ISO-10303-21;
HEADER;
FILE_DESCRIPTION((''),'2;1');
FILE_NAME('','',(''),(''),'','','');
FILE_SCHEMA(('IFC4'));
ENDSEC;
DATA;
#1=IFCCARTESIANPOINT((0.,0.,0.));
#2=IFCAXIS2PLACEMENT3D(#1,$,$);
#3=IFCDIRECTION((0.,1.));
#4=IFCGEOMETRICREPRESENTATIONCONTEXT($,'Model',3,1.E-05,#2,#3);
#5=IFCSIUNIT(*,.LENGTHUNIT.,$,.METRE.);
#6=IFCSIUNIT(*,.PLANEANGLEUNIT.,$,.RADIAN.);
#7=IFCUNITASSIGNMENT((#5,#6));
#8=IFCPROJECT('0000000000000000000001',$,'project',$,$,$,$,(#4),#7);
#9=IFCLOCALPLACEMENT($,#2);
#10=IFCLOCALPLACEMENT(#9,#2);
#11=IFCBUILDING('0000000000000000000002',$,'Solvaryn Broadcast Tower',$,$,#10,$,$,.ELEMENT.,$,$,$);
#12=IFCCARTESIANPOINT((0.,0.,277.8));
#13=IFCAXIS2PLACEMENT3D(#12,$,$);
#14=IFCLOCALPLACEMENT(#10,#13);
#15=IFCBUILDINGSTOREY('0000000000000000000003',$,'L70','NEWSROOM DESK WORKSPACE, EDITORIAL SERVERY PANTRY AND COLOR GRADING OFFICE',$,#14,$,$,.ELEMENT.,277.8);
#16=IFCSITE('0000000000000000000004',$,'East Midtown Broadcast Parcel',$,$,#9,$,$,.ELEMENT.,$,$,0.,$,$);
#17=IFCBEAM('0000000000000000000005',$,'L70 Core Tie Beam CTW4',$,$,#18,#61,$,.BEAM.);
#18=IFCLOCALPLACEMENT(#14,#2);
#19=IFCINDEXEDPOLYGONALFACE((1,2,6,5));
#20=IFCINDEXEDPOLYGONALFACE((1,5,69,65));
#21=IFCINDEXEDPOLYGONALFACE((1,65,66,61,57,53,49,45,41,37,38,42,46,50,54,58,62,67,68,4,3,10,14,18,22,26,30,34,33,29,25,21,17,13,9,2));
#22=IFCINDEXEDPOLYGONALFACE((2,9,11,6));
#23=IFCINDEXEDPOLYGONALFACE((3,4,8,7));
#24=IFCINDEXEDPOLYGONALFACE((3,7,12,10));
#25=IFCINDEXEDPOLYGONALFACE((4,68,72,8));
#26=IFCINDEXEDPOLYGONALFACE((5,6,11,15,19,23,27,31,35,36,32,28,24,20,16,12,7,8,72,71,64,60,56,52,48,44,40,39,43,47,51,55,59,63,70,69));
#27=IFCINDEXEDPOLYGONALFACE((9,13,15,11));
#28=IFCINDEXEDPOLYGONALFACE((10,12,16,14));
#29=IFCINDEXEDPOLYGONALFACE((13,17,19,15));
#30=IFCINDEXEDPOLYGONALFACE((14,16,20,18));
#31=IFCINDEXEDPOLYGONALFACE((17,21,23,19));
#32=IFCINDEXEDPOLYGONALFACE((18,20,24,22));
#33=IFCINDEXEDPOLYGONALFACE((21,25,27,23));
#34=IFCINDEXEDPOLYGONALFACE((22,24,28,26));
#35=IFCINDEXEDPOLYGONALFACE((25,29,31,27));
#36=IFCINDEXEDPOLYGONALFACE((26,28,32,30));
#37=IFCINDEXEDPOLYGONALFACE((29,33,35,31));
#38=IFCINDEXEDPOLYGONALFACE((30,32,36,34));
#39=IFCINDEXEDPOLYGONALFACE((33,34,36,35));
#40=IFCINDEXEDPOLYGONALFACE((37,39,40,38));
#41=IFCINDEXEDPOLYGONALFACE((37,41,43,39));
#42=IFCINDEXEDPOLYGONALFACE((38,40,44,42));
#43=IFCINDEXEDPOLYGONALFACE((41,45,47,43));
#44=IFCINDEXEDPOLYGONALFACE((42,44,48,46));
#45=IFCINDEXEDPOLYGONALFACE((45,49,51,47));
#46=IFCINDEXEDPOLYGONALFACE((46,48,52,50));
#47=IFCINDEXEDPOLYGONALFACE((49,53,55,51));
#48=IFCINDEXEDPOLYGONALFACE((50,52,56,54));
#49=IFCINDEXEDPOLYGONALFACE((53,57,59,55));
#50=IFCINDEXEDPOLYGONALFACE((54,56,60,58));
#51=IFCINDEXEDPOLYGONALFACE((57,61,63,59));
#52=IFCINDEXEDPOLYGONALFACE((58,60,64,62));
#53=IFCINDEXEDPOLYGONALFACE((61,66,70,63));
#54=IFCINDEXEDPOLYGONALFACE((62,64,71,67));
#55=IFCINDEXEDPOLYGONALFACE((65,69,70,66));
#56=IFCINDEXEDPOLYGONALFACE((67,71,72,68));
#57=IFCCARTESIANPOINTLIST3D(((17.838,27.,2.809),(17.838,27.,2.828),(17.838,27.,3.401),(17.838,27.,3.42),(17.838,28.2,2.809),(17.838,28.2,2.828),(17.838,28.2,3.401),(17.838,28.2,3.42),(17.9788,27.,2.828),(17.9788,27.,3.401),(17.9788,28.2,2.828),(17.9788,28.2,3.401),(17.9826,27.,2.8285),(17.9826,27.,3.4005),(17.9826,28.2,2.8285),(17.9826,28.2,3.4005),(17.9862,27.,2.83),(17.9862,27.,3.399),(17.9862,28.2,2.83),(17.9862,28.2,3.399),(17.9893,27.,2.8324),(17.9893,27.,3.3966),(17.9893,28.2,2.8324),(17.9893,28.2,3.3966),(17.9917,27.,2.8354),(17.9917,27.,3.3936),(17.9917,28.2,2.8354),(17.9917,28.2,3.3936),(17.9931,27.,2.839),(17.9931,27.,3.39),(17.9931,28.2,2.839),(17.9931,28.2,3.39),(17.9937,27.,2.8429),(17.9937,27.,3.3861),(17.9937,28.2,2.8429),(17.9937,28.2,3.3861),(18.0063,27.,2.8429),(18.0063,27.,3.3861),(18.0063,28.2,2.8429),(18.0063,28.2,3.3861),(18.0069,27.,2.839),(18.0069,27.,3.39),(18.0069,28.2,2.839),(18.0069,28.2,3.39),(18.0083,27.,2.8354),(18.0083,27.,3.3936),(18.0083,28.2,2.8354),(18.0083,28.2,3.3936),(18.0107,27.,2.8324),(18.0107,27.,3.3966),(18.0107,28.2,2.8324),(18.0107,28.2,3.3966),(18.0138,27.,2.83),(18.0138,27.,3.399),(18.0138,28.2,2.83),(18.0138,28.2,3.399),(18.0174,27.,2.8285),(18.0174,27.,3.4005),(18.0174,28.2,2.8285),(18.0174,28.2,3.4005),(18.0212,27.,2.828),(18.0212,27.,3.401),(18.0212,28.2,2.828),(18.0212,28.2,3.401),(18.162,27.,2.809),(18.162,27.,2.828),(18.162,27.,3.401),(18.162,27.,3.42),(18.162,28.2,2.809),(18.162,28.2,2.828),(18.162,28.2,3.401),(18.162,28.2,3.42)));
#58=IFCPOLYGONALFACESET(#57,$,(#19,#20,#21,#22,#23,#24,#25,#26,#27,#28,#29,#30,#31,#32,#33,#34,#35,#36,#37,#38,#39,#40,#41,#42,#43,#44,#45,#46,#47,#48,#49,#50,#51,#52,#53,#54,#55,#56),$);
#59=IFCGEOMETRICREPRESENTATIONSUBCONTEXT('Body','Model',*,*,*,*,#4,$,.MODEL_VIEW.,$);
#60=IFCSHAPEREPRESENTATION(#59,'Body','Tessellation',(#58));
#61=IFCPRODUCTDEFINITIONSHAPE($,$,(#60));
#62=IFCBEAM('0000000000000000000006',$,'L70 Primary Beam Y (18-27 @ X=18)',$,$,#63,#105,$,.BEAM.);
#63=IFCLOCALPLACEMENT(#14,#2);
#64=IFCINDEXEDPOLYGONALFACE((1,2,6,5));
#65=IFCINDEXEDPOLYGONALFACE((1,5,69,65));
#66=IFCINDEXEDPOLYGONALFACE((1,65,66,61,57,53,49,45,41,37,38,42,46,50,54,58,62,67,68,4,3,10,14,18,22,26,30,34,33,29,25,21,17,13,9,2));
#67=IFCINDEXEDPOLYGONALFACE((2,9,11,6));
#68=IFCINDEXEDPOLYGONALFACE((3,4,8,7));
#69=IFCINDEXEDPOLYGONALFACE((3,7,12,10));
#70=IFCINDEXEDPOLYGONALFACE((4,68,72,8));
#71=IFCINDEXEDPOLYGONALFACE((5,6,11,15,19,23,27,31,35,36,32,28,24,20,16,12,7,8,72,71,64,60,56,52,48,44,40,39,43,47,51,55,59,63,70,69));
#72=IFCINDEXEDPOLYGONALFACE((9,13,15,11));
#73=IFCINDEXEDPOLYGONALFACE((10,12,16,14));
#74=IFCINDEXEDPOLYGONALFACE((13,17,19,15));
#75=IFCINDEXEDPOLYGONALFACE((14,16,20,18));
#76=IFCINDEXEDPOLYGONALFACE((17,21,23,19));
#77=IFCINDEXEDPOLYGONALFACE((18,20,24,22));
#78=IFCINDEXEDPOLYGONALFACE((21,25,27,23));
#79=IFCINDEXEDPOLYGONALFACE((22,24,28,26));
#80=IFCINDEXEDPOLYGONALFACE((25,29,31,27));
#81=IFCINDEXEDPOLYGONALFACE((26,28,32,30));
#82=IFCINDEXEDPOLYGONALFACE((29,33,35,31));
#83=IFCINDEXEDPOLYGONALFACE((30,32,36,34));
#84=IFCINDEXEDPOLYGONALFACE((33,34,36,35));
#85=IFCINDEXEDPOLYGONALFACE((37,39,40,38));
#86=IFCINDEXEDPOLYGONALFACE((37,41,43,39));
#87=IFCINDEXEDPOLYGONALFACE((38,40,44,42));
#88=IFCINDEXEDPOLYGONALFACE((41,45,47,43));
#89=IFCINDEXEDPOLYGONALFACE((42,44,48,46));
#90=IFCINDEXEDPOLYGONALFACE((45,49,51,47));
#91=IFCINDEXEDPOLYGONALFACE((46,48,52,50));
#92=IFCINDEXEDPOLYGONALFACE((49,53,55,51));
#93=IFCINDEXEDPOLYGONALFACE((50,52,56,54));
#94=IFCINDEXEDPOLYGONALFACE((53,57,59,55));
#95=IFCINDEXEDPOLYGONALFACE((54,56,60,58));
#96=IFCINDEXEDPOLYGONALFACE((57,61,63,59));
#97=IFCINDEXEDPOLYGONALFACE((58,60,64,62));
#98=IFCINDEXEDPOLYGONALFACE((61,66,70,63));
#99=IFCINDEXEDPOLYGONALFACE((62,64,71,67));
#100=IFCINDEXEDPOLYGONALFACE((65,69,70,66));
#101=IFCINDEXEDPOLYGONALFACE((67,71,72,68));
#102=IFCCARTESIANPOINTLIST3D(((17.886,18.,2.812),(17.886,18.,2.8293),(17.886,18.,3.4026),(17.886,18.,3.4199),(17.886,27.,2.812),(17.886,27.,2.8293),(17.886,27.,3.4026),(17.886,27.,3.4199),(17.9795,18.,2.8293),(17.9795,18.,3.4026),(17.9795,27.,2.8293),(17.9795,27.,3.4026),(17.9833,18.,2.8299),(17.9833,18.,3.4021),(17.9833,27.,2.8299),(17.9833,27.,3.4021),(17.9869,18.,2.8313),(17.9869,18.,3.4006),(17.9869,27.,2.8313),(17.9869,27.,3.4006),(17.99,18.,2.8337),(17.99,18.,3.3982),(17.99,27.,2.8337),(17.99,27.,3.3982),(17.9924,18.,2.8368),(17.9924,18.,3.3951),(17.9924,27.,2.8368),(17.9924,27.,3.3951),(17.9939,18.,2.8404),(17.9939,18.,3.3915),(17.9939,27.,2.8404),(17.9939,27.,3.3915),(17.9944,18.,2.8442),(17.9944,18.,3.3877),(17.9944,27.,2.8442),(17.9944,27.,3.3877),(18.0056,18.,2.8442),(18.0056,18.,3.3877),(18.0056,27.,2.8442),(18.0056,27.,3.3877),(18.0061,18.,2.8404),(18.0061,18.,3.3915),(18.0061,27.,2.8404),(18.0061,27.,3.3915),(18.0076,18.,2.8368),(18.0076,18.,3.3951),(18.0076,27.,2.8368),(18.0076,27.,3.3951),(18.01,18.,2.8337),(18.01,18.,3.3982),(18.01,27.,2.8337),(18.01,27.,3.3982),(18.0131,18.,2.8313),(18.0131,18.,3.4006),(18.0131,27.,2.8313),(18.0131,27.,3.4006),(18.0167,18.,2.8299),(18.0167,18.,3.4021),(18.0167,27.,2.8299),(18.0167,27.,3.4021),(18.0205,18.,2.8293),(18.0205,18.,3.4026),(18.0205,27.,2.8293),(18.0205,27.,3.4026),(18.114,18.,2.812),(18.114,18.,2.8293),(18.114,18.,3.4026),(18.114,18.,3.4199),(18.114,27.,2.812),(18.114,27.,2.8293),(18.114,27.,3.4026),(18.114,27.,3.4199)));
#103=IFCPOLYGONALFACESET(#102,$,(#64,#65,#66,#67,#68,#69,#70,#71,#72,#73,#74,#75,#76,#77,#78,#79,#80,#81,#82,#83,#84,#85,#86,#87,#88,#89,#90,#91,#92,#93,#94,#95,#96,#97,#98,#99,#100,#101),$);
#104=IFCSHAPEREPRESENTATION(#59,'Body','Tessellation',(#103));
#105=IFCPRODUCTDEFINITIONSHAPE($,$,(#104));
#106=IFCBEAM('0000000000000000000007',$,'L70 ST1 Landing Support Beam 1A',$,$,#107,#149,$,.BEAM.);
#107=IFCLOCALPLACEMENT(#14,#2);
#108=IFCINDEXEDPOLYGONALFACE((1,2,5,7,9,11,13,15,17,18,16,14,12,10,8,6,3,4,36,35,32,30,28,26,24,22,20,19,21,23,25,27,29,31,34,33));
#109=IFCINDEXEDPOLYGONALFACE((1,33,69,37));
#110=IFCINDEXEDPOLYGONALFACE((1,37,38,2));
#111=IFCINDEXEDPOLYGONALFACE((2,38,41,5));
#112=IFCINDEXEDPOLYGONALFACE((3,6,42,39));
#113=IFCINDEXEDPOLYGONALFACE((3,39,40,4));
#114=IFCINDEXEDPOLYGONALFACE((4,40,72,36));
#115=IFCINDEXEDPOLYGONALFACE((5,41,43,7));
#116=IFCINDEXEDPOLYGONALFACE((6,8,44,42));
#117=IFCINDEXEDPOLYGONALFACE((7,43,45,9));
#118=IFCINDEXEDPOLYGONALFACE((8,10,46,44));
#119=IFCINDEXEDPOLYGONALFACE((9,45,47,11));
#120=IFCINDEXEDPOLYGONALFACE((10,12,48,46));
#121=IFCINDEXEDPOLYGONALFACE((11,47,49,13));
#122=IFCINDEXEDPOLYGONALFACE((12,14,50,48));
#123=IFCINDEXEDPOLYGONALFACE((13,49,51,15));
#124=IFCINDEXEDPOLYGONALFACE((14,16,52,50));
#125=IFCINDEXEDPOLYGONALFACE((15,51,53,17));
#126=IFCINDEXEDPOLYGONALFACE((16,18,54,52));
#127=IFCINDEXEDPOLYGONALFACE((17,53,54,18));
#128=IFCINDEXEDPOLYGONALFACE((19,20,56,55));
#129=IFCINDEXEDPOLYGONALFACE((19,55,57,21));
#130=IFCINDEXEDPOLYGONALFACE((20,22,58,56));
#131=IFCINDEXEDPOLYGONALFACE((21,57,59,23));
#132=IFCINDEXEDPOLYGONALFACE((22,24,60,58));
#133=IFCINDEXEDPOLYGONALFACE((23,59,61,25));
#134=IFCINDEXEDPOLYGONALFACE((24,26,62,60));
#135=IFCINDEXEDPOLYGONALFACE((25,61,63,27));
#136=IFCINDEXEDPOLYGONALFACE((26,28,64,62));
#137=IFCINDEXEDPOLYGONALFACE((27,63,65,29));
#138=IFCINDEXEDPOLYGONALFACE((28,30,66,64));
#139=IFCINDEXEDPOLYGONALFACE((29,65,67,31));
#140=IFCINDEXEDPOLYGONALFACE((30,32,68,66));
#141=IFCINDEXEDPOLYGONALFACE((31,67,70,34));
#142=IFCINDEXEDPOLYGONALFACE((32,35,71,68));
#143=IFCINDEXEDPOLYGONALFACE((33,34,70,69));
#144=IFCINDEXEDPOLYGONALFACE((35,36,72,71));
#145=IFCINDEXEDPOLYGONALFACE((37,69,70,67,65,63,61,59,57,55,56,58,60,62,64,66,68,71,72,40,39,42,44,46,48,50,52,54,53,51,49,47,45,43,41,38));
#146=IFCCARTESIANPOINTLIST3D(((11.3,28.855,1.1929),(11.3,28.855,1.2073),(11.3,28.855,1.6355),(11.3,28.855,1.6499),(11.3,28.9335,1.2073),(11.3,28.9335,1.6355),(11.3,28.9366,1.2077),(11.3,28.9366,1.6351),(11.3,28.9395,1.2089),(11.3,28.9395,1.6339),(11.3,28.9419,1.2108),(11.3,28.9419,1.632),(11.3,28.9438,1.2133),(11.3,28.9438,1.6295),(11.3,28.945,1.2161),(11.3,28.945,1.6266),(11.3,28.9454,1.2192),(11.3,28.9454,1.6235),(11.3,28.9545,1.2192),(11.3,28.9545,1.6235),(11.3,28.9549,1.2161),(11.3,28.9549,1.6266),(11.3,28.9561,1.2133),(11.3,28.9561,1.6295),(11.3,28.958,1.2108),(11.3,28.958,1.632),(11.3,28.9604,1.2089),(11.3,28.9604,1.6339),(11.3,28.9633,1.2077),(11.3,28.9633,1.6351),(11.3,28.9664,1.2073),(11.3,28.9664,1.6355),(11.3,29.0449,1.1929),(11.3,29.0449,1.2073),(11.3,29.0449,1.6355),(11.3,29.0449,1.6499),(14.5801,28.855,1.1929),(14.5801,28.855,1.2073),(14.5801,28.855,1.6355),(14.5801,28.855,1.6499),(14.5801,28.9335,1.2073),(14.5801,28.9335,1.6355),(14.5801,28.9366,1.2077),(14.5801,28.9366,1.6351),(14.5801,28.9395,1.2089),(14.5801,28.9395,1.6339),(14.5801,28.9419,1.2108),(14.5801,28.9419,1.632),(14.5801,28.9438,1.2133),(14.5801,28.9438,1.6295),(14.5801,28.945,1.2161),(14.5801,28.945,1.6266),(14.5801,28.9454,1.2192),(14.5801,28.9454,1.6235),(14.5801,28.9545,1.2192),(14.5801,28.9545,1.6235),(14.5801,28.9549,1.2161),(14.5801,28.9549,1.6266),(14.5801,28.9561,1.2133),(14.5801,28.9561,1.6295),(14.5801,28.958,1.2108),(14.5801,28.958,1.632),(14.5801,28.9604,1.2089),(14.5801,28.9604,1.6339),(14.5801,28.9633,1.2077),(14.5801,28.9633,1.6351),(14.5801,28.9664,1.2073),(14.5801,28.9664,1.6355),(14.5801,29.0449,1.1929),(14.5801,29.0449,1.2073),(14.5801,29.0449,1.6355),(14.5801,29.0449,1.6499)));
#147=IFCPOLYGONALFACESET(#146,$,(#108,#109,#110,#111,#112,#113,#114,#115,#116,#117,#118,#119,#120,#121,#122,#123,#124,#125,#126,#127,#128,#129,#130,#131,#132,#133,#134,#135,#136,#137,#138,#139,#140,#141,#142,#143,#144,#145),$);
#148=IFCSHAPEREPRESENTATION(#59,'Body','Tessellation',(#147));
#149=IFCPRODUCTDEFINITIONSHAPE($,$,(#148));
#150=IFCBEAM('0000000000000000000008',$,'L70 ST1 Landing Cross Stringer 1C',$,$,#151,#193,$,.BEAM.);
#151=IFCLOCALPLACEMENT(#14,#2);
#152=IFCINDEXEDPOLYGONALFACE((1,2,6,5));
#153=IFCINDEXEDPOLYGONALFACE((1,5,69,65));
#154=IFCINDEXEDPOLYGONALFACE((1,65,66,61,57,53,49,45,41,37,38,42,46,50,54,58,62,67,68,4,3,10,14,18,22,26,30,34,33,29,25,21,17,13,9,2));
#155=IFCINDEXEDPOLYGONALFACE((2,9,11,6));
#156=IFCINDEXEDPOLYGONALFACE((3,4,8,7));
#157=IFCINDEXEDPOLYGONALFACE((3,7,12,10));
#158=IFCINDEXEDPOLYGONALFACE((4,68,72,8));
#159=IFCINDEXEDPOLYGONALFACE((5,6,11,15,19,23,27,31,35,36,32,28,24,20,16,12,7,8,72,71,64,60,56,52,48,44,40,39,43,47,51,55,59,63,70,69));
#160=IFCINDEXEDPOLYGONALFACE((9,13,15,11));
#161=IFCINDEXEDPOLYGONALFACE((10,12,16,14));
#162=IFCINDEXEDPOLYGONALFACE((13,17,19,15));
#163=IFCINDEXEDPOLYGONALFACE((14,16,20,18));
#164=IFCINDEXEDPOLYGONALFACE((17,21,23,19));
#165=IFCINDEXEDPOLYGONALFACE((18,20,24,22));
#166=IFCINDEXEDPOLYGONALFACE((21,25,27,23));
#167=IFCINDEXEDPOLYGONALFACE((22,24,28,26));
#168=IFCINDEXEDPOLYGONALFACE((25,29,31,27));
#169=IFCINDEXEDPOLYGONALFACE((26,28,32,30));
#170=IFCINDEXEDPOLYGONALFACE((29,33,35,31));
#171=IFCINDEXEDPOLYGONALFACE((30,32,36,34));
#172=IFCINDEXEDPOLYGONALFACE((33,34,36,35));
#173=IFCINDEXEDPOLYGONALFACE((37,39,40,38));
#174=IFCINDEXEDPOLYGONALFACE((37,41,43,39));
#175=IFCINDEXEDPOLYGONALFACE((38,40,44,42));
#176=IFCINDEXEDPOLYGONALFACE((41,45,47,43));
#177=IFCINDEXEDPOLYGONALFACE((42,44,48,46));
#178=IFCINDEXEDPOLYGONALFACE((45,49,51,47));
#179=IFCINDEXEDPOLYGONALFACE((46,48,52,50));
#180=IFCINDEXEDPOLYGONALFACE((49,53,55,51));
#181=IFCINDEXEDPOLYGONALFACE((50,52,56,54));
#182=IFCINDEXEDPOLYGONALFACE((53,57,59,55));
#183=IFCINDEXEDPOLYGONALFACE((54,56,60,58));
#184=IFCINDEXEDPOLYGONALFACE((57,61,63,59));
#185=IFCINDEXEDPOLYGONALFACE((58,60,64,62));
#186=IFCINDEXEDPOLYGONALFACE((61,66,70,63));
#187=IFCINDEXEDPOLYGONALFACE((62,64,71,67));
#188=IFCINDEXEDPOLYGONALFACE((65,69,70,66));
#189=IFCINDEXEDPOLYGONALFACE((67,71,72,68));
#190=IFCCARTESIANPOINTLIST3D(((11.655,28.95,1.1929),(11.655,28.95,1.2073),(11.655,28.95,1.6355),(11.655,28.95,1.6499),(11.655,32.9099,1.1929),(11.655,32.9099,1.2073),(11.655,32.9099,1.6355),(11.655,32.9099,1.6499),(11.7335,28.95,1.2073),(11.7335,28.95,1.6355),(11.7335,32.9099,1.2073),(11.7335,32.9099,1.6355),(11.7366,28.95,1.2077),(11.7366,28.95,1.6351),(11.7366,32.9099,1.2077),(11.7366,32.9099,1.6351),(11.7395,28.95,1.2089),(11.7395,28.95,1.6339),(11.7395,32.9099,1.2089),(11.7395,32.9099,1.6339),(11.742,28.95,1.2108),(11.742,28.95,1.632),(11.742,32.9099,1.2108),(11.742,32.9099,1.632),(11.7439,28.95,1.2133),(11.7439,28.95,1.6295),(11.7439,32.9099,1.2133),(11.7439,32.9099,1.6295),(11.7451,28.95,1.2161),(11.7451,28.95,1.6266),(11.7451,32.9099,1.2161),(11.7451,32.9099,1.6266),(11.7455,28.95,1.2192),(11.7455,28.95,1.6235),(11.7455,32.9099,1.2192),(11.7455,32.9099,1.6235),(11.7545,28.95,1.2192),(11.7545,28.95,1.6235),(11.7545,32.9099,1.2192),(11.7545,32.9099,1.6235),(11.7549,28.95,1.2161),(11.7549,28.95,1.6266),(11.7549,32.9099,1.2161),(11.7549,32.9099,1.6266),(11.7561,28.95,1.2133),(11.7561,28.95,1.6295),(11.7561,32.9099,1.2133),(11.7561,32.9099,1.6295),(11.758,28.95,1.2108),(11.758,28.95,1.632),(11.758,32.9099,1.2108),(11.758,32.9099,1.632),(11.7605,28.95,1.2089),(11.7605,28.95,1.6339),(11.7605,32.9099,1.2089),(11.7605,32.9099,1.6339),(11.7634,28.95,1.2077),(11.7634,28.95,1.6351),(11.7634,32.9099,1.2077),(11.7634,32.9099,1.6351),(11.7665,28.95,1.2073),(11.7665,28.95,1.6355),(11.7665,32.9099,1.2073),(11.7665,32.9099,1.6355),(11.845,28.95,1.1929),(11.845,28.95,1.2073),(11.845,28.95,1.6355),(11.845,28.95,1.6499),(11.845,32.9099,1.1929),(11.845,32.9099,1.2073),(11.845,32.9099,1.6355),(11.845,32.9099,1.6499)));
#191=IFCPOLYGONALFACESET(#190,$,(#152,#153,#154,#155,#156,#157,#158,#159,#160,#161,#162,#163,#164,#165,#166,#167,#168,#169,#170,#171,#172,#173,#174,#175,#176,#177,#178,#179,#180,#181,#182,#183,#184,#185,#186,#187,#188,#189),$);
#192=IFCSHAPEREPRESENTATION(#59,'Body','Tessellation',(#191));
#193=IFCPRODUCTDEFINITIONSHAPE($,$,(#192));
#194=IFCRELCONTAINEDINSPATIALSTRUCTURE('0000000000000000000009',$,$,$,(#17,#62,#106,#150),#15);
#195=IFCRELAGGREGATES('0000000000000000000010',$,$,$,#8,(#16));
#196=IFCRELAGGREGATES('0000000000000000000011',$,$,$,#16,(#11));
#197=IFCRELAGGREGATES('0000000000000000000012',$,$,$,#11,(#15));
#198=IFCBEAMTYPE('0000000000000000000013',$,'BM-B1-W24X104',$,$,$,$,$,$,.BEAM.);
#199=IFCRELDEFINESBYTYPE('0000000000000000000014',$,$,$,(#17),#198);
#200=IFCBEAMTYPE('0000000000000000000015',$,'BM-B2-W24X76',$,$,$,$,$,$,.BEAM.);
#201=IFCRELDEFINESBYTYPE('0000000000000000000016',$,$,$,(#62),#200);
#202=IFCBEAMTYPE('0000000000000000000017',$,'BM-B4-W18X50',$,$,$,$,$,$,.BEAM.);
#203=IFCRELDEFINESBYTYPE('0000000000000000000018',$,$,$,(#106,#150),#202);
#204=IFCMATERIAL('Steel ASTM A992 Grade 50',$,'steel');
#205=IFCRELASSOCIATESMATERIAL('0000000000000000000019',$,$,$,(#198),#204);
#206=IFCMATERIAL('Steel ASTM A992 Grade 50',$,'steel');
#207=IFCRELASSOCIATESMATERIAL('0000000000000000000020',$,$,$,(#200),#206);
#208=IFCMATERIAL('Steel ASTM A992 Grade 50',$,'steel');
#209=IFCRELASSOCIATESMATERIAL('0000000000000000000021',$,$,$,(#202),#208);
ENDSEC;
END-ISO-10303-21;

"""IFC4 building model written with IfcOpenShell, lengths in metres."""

from ifc_helpers import new_model, si_unit, direction, frame, origin, origin_2d, place, context, subcontext, project, spatial, i_section, extrude, material, material_profile, profile_set, type_object, element, save


model = new_model("IFC4")

# Units and contexts
model_context = context("Model", 3, precision=1e-05, world=origin(), true_north=direction((0.0, 1.0)))
body_context = subcontext(model_context, "Body", "Model", "MODEL_VIEW")
ifc_project = project(units=[si_unit("LENGTHUNIT", "METRE"), si_unit("PLANEANGLEUNIT", "RADIAN")], contexts=[model_context])

# Site, building, storey
site_placement = place(None, origin())
site = spatial("IfcSite", under=ifc_project, at=site_placement, Name="East Midtown Broadcast Parcel", CompositionType="ELEMENT", RefElevation=0.0)
building_placement = place(site_placement, origin())
building = spatial("IfcBuilding", under=site, at=building_placement, Name="Solvaryn Broadcast Tower", CompositionType="ELEMENT")
storey_placement = place(building_placement, frame((0.0, 0.0, 277.8)))
storey = spatial("IfcBuildingStorey", under=building, at=storey_placement, Name="L70", Description="NEWSROOM DESK WORKSPACE, EDITORIAL SERVERY PANTRY AND COLOR GRADING OFFICE", CompositionType="ELEMENT", Elevation=277.8)

# Beams
ifc_material_1 = material(Name="Steel ASTM A992 Grade 50", Category="steel")
ifc_material_profile_1 = material_profile(ifc_material_1, i_section(OverallWidth=0.324, OverallDepth=0.6111, WebThickness=0.0127, FlangeThickness=0.019, FilletRadius=0.0149, at=origin_2d()))
ifc_profile_set_1 = profile_set([ifc_material_profile_1], Name="Steel ASTM A992 Grade 50")
beam_type_1 = type_object("IfcBeamType", Name="BM-B1-W24X104", PredefinedType="BEAM", material=ifc_profile_set_1)
beam_1_placement = place(storey_placement, frame((18.0, 27.0, 3.1145), z_axis=(0.0, 1.0, 0.0), x_axis=(-1.0, 0.0, 0.0)))
element("IfcBeam", 1, at=beam_1_placement, inside=storey, type_object=beam_type_1, Name="L70 Core Tie Beam CTW4", PredefinedType="BEAM", context=body_context, shape_type="SweptSolid", body=[
    extrude(i_section(OverallWidth=0.324, OverallDepth=0.6111, WebThickness=0.0127, FlangeThickness=0.019, FilletRadius=0.0149, at=origin_2d()), origin(), (0.0, 0.0, 1.0), 1.2),
])
ifc_material_2 = material(Name="Steel ASTM A992 Grade 50", Category="steel")
ifc_material_profile_2 = material_profile(ifc_material_2, i_section(OverallWidth=0.228, OverallDepth=0.6079, WebThickness=0.0112, FlangeThickness=0.0173, FilletRadius=0.0149, at=origin_2d()))
ifc_profile_set_2 = profile_set([ifc_material_profile_2], Name="Steel ASTM A992 Grade 50")
beam_type_2 = type_object("IfcBeamType", Name="BM-B2-W24X76", PredefinedType="BEAM", material=ifc_profile_set_2)
beam_2_placement = place(storey_placement, frame((18.0, 18.0, 3.116), z_axis=(0.0, 1.0, 0.0), x_axis=(-1.0, 0.0, 0.0)))
element("IfcBeam", 2, at=beam_2_placement, inside=storey, type_object=beam_type_2, Name="L70 Primary Beam Y (18-27 @ X=18)", PredefinedType="BEAM", context=body_context, shape_type="SweptSolid", body=[
    extrude(i_section(OverallWidth=0.228, OverallDepth=0.6079, WebThickness=0.0112, FlangeThickness=0.0173, FilletRadius=0.0149, at=origin_2d()), origin(), (0.0, 0.0, 1.0), 9.0),
])
ifc_material_3 = material(Name="Steel ASTM A992 Grade 50", Category="steel")
ifc_material_profile_3 = material_profile(ifc_material_3, i_section(OverallWidth=0.1899, OverallDepth=0.457, WebThickness=0.009, FlangeThickness=0.0144, FilletRadius=0.012, at=origin_2d()))
ifc_profile_set_3 = profile_set([ifc_material_profile_3], Name="Steel ASTM A992 Grade 50")
beam_type_3 = type_object("IfcBeamType", Name="BM-B4-W18X50", PredefinedType="BEAM", material=ifc_profile_set_3)
beam_3_placement = place(storey_placement, frame((11.3, 28.95, 1.4214), z_axis=(1.0, 0.0, 0.0), x_axis=(0.0, 1.0, 0.0)))
element("IfcBeam", 3, at=beam_3_placement, inside=storey, type_object=beam_type_3, Name="L70 ST1 Landing Support Beam 1A", PredefinedType="BEAM", context=body_context, shape_type="SweptSolid", body=[
    extrude(i_section(OverallWidth=0.1899, OverallDepth=0.457, WebThickness=0.009, FlangeThickness=0.0144, FilletRadius=0.012, at=origin_2d()), origin(), (0.0, 0.0, 1.0), 3.28),
])
beam_4_placement = place(storey_placement, frame((11.75, 28.95, 1.4214), z_axis=(0.0, 1.0, 0.0), x_axis=(-1.0, 0.0, 0.0)))
element("IfcBeam", 4, at=beam_4_placement, inside=storey, type_object=beam_type_3, Name="L70 ST1 Landing Cross Stringer 1C", PredefinedType="BEAM", context=body_context, shape_type="SweptSolid", body=[
    extrude(i_section(OverallWidth=0.1899, OverallDepth=0.457, WebThickness=0.009, FlangeThickness=0.0144, FilletRadius=0.012, at=origin_2d()), origin(), (0.0, 0.0, 1.0), 3.96),
])

save(model, "model.ifc")
